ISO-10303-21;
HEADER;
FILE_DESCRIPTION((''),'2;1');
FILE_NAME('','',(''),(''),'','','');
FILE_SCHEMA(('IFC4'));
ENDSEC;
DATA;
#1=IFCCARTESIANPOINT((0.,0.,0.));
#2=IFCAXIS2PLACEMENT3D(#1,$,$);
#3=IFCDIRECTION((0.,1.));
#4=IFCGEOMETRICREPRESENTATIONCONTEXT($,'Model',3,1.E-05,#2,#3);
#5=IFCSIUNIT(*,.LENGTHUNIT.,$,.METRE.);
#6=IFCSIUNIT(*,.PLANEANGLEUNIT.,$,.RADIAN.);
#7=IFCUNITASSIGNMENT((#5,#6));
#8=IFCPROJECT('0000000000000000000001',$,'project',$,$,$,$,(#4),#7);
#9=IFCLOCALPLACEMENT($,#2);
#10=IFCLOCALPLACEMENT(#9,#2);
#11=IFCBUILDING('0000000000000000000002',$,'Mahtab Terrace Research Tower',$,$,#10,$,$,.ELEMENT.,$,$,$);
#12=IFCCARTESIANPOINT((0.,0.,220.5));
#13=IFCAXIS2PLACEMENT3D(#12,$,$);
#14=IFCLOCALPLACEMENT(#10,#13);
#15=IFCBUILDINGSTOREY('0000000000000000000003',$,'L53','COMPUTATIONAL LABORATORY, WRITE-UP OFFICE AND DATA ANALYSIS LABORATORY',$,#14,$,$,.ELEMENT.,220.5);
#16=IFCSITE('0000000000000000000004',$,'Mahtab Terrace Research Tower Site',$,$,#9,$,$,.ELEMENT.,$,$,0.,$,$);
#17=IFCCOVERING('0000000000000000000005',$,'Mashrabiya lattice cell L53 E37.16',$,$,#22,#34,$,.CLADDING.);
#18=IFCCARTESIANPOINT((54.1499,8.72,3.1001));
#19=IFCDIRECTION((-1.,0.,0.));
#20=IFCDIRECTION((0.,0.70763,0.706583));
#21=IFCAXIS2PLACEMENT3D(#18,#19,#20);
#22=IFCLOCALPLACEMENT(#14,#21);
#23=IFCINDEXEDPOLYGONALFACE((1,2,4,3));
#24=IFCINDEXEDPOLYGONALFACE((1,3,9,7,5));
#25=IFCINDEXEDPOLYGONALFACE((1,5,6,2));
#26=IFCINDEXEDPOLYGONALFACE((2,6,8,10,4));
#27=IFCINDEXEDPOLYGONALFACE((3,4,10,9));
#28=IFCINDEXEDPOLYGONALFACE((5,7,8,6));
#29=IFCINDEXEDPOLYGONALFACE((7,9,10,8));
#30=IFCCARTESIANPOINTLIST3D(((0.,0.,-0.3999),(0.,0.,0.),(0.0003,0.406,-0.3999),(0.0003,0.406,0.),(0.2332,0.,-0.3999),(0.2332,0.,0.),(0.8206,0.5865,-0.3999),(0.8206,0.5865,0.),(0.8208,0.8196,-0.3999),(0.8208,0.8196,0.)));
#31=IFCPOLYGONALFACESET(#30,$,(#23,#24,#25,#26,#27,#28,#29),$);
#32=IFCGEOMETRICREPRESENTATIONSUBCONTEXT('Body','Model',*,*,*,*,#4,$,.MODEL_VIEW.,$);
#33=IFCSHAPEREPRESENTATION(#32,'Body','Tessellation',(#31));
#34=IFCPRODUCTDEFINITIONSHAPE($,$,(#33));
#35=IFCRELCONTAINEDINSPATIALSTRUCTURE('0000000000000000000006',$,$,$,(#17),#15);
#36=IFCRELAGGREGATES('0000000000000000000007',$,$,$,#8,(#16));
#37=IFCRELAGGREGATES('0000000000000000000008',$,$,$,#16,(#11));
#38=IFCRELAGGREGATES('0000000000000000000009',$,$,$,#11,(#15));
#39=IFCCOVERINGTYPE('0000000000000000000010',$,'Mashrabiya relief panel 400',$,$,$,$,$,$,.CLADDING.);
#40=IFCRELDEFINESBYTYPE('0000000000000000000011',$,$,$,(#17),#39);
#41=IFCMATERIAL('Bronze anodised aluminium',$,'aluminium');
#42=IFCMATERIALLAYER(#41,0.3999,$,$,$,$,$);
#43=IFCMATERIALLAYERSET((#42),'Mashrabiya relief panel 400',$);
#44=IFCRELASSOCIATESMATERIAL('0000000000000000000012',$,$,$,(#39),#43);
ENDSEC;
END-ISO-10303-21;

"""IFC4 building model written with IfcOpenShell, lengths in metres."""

from ifc_helpers import new_model, si_unit, direction, frame, origin, place, context, subcontext, project, spatial, polyline, outline, extrude, material, layer, layer_set, type_object, element, save


model = new_model("IFC4")

# Units and contexts
model_context = context("Model", 3, precision=1e-05, world=origin(), true_north=direction((0.0, 1.0)))
body_context = subcontext(model_context, "Body", "Model", "MODEL_VIEW")
ifc_project = project(units=[si_unit("LENGTHUNIT", "METRE"), si_unit("PLANEANGLEUNIT", "RADIAN")], contexts=[model_context])

# Site, building, storey
site_placement = place(None, origin())
site = spatial("IfcSite", under=ifc_project, at=site_placement, Name="Mahtab Terrace Research Tower Site", CompositionType="ELEMENT", RefElevation=0.0)
building_placement = place(site_placement, origin())
building = spatial("IfcBuilding", under=site, at=building_placement, Name="Mahtab Terrace Research Tower", CompositionType="ELEMENT")
storey_placement = place(building_placement, frame((0.0, 0.0, 220.5)))
storey = spatial("IfcBuildingStorey", under=building, at=storey_placement, Name="L53", Description="COMPUTATIONAL LABORATORY, WRITE-UP OFFICE AND DATA ANALYSIS LABORATORY", CompositionType="ELEMENT", Elevation=220.5)

# Covering
ifc_material_1 = material(Name="Bronze anodised aluminium", Category="aluminium")
ifc_layer_1 = layer(ifc_material_1, 0.3999)
ifc_layer_set_1 = layer_set([ifc_layer_1], Name="Mashrabiya relief panel 400")
covering_type = type_object("IfcCoveringType", Name="Mashrabiya relief panel 400", PredefinedType="CLADDING", material=ifc_layer_set_1)
covering_1_placement = place(storey_placement, frame((54.1499, 8.72, 3.1001), z_axis=(-1.0, 0.0, 0.0), x_axis=(0.0, 0.70763, 0.706583)))
element("IfcCovering", 1, at=covering_1_placement, inside=storey, type_object=covering_type, Name="Mashrabiya lattice cell L53 E37.16", PredefinedType="CLADDING", context=body_context, shape_type="SweptSolid", body=[
    extrude(outline(polyline([(0.0, 0.0), (0.2332, 0.0), (0.8206, 0.5865), (0.8208, 0.8196), (0.0003, 0.406), (0.0, 0.0)])), origin(), (0.0, 0.0, -1.0), 0.3999),
])

save(model, "model.ifc")
